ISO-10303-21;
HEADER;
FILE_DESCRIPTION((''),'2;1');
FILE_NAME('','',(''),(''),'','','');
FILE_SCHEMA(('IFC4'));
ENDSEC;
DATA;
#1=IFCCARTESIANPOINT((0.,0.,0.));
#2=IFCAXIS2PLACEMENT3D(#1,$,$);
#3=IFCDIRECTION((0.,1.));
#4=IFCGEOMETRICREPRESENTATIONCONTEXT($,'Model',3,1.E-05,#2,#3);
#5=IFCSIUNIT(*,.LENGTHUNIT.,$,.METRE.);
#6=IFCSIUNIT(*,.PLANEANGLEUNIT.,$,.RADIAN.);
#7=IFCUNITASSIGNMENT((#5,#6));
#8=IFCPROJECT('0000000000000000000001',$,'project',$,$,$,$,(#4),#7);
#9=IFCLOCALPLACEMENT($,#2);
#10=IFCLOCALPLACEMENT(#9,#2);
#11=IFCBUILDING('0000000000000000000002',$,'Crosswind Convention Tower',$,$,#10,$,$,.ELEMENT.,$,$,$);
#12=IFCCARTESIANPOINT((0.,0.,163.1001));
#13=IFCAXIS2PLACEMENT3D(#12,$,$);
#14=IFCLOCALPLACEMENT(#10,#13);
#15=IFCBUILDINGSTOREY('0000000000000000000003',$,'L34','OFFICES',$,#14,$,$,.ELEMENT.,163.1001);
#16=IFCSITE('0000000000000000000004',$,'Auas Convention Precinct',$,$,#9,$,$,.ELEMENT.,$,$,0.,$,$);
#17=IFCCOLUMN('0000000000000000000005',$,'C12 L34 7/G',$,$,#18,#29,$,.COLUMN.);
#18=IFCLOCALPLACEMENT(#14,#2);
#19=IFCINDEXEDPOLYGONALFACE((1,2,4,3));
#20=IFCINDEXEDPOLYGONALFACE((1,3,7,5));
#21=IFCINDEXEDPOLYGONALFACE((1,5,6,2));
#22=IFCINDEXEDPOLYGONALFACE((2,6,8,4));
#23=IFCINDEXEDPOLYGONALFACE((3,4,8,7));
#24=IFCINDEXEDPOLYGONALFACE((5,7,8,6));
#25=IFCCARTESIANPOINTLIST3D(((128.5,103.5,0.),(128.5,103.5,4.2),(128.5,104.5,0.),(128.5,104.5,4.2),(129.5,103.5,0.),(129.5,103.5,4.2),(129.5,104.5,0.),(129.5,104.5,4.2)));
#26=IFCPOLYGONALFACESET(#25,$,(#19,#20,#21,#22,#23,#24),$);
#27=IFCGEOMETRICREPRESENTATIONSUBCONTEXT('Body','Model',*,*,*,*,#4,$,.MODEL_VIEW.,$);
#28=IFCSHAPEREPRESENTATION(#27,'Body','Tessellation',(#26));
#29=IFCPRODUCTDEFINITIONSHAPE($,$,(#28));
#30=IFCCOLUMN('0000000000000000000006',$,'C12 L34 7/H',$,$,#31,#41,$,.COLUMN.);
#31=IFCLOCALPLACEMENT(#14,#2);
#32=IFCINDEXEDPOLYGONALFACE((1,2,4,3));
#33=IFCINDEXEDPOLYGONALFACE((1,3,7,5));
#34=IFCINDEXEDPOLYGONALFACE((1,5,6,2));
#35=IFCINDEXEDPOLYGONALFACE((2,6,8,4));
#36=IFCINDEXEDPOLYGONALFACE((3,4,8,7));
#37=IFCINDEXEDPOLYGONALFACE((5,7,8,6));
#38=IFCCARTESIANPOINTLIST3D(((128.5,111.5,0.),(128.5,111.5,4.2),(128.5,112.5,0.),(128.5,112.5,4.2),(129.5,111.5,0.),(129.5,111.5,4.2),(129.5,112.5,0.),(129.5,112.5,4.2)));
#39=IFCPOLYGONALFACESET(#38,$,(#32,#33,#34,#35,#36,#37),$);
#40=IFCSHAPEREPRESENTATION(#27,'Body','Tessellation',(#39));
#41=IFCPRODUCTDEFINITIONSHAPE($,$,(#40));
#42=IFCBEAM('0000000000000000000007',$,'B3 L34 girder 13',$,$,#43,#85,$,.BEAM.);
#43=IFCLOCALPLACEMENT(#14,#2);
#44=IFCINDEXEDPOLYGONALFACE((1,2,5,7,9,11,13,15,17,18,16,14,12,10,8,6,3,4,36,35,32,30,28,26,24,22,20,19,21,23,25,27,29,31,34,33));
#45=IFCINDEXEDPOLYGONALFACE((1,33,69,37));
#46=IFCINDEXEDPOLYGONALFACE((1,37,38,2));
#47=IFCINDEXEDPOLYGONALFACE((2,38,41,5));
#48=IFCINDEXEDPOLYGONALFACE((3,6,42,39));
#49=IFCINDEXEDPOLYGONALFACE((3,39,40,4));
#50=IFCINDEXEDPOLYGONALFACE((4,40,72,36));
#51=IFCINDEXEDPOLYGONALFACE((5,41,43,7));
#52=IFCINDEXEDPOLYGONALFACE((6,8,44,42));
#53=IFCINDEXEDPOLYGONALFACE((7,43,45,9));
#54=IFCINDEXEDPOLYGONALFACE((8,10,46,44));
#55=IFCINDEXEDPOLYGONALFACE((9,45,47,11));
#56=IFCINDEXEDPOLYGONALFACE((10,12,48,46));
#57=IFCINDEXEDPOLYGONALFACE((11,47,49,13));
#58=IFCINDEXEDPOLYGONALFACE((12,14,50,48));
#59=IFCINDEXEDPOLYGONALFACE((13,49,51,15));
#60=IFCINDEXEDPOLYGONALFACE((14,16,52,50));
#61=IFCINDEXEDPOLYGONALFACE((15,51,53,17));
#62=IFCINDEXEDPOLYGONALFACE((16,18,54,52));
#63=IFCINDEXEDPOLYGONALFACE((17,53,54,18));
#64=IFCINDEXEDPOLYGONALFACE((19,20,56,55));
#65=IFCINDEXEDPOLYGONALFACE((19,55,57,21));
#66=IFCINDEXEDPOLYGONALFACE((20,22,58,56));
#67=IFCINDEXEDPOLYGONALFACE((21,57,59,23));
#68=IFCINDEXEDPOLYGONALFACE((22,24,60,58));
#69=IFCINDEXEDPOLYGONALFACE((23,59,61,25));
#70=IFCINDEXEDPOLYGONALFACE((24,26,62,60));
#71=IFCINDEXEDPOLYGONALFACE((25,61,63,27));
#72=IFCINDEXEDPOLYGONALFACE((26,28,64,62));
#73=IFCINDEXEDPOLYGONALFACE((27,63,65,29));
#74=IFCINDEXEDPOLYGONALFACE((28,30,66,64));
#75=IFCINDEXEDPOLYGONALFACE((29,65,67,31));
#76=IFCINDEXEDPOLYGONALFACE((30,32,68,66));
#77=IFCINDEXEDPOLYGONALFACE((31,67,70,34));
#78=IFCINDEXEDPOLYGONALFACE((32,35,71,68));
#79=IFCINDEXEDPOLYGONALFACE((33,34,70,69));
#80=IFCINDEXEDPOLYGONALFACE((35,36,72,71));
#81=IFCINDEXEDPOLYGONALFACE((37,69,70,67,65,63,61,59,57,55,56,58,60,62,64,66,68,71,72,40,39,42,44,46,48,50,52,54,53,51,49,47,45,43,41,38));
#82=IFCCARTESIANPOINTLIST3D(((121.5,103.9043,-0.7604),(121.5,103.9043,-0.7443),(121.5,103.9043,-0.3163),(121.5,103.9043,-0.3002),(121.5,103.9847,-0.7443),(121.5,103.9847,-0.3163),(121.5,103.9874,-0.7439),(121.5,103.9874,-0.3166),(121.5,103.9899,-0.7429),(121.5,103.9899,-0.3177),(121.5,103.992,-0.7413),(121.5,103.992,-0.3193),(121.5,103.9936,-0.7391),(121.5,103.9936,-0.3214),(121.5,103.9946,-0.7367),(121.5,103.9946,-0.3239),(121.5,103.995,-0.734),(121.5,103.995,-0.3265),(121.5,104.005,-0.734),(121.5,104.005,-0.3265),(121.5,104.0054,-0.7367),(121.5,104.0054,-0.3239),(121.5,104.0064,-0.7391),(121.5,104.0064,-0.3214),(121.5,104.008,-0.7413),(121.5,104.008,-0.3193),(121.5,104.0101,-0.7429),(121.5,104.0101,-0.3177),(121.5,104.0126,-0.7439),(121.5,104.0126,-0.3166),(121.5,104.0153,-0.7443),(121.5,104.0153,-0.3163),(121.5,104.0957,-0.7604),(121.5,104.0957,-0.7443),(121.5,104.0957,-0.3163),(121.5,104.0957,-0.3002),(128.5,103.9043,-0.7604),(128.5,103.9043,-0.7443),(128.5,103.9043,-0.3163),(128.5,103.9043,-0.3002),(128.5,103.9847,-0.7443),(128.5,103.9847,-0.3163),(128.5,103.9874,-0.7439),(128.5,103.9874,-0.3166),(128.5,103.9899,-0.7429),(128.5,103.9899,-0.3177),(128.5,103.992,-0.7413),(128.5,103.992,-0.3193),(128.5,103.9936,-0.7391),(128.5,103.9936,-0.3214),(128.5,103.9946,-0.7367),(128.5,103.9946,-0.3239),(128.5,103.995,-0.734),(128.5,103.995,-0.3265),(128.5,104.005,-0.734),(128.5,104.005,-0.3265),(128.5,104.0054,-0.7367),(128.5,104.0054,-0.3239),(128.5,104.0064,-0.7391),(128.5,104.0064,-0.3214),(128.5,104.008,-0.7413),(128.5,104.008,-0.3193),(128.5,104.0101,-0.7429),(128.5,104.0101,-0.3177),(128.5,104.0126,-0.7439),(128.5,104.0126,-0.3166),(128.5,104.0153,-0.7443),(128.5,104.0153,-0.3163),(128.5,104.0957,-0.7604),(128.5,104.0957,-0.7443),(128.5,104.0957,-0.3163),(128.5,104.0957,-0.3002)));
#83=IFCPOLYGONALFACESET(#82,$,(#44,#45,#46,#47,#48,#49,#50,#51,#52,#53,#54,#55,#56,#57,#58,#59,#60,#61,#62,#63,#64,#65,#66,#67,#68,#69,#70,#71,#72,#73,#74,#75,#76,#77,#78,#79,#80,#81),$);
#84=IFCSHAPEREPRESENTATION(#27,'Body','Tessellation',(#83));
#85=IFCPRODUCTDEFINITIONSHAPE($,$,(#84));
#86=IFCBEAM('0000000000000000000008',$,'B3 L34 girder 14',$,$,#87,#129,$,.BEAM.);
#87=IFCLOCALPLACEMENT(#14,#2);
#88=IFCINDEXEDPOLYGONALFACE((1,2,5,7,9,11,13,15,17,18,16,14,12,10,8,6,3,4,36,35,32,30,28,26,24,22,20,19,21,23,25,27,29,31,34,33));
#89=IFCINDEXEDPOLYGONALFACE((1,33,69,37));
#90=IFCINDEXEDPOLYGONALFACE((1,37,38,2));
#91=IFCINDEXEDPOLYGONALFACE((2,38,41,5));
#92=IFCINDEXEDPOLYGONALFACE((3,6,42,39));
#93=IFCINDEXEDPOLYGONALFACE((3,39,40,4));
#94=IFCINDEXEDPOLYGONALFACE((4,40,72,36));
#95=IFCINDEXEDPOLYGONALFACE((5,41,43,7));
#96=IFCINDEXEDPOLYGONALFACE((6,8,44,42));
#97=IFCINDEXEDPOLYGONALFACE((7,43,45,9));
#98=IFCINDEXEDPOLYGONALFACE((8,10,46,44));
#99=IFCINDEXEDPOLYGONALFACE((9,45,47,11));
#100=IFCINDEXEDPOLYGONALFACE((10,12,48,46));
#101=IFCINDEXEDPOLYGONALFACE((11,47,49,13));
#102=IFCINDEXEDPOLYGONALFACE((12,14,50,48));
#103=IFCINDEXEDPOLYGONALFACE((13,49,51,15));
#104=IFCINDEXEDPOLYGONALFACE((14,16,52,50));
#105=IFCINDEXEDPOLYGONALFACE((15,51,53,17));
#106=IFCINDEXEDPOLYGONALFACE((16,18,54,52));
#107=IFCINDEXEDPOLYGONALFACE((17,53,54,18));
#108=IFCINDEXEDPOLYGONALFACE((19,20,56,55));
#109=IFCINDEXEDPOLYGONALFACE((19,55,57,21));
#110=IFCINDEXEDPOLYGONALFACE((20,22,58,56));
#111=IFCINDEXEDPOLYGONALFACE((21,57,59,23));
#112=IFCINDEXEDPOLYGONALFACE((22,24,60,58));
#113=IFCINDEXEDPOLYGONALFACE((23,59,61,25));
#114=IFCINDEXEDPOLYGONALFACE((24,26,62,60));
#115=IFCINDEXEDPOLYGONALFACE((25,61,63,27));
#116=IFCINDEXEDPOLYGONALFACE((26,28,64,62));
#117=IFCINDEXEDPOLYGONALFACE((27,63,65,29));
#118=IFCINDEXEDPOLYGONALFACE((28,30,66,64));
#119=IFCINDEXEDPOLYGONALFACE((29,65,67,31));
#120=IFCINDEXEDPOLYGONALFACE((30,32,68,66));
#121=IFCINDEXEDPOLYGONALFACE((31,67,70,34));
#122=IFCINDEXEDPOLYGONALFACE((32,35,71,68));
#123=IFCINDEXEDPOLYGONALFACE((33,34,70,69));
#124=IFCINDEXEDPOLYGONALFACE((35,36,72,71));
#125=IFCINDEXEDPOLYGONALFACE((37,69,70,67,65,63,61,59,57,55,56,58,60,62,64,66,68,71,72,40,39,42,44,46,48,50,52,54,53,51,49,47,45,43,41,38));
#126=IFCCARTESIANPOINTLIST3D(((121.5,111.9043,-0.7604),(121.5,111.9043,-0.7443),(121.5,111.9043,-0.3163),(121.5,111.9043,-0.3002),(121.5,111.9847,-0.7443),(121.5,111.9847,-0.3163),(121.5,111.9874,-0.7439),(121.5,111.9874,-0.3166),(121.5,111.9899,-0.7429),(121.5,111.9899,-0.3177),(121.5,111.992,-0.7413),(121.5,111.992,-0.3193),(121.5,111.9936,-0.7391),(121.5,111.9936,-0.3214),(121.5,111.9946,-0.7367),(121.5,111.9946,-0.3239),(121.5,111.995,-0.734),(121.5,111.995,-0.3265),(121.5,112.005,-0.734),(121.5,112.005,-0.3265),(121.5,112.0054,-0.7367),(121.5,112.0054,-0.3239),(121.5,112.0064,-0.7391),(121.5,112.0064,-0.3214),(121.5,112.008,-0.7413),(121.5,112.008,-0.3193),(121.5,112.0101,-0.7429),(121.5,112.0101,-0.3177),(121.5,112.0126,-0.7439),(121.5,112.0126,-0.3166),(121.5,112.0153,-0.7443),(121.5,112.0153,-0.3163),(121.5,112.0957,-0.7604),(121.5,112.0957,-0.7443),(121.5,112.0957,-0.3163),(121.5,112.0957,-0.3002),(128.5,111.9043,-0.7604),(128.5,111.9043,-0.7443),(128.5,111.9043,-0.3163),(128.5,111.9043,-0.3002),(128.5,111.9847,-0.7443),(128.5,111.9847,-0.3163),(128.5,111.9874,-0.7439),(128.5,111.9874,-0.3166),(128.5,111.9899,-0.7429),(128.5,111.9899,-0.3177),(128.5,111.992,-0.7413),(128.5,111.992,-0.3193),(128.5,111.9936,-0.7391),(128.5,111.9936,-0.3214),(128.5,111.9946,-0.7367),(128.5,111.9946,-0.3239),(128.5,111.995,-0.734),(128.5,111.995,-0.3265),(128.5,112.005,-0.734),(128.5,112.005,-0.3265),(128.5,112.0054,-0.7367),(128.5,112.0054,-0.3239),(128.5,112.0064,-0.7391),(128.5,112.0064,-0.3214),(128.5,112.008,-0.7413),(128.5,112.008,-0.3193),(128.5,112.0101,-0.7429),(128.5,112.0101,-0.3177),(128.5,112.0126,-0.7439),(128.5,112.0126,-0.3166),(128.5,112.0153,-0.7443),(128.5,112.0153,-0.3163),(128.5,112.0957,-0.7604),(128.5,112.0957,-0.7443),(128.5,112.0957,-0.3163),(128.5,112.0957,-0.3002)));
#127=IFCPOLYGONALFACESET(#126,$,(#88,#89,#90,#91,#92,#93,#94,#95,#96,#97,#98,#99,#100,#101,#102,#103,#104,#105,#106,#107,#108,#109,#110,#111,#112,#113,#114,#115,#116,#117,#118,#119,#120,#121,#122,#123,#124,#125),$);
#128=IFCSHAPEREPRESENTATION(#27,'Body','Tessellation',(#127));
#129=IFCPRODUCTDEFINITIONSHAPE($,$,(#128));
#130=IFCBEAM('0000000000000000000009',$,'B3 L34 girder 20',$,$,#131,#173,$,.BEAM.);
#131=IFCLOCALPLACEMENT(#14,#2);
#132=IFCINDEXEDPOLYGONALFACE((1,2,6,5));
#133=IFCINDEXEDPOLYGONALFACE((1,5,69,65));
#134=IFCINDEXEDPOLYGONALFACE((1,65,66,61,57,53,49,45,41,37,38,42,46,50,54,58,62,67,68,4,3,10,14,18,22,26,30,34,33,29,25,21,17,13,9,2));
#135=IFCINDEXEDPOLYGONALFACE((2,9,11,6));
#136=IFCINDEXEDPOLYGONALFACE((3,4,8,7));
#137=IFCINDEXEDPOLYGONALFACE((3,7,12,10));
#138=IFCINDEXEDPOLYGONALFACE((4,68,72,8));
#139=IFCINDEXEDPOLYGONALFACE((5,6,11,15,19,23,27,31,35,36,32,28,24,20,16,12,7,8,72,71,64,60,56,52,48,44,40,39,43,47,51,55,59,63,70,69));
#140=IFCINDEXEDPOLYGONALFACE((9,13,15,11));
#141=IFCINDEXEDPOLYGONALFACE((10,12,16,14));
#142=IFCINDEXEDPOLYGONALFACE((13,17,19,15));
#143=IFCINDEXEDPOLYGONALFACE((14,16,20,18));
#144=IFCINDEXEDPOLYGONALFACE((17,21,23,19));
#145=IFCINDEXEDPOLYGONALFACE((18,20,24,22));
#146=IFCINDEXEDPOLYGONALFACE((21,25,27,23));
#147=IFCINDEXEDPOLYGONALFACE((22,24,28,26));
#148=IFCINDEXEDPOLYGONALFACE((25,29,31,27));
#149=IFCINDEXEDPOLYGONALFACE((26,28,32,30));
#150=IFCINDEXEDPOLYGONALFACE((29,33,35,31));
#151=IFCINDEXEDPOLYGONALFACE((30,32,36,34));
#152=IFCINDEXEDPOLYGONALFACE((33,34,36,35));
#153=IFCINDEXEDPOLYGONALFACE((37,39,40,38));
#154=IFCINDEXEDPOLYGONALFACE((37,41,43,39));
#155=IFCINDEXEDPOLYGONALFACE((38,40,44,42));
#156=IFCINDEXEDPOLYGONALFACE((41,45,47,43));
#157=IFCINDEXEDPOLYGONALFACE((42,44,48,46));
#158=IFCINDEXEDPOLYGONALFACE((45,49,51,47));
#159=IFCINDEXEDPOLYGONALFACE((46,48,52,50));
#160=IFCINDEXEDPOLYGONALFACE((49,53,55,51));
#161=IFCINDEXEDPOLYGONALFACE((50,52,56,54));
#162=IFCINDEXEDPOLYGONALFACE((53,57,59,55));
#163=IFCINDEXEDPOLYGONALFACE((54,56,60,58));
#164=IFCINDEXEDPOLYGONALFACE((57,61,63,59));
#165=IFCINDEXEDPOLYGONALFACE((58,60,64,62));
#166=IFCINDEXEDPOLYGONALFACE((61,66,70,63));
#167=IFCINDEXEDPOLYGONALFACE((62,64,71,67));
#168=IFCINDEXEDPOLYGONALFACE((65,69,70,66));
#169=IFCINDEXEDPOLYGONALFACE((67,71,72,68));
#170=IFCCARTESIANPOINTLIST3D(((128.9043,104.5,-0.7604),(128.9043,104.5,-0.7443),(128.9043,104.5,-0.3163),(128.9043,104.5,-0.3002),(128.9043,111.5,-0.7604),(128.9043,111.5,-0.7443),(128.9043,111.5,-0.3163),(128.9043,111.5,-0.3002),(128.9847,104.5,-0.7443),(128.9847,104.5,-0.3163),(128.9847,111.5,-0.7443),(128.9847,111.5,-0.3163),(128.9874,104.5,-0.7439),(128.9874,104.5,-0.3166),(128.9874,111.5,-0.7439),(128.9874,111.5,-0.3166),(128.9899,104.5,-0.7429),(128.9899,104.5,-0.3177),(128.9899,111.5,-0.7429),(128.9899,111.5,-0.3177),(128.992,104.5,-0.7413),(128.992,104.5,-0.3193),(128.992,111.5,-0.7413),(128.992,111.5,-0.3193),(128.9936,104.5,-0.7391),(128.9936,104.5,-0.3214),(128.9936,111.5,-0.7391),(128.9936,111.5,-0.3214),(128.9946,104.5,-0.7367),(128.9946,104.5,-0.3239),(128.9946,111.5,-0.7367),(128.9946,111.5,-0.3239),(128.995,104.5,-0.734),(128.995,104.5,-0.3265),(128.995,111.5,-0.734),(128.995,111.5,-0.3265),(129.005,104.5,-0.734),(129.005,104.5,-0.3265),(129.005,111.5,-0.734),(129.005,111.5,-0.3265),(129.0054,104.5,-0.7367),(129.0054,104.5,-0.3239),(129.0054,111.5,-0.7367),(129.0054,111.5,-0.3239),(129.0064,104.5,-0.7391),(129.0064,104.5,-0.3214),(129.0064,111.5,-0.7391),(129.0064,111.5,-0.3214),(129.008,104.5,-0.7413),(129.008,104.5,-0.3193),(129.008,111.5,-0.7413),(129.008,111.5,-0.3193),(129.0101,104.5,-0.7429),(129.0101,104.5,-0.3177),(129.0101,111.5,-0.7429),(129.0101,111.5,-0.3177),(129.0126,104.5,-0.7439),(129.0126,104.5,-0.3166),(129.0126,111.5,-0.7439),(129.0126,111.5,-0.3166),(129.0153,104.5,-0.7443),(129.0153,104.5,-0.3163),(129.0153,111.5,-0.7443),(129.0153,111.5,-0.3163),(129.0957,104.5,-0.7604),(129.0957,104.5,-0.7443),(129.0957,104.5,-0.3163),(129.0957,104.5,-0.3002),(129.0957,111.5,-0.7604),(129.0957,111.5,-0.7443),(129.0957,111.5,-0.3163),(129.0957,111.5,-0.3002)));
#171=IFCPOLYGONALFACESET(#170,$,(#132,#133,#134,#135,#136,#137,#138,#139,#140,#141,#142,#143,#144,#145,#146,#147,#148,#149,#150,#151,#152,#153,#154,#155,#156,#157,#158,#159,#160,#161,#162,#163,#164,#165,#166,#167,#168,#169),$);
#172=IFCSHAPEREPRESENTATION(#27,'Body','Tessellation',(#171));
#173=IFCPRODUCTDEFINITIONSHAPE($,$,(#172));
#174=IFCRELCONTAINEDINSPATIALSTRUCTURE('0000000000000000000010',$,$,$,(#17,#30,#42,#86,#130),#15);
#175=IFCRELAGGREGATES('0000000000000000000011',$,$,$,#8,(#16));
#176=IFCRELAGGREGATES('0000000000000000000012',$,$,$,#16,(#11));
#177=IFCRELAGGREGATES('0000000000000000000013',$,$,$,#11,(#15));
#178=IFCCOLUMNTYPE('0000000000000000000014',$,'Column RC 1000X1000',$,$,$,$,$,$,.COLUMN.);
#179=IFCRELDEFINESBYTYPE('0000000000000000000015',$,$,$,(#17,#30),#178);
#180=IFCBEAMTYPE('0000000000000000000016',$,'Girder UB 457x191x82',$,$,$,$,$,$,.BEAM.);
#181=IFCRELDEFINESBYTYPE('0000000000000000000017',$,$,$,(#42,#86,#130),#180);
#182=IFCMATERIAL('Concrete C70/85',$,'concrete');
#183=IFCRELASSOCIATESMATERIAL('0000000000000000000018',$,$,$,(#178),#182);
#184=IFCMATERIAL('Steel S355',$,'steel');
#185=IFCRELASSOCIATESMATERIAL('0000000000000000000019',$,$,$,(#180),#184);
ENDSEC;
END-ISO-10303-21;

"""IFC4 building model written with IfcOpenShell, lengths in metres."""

from ifc_helpers import new_model, si_unit, direction, frame, origin, origin_2d, place, context, subcontext, project, spatial, rectangle, i_section, extrude, material, material_profile, profile_set, type_object, element, save


model = new_model("IFC4")

# Units and contexts
model_context = context("Model", 3, precision=1e-05, world=origin(), true_north=direction((0.0, 1.0)))
body_context = subcontext(model_context, "Body", "Model", "MODEL_VIEW")
ifc_project = project(units=[si_unit("LENGTHUNIT", "METRE"), si_unit("PLANEANGLEUNIT", "RADIAN")], contexts=[model_context])

# Site, building, storey
site_placement = place(None, origin())
site = spatial("IfcSite", under=ifc_project, at=site_placement, Name="Auas Convention Precinct", CompositionType="ELEMENT", RefElevation=0.0)
building_placement = place(site_placement, origin())
building = spatial("IfcBuilding", under=site, at=building_placement, Name="Crosswind Convention Tower", CompositionType="ELEMENT")
storey_placement = place(building_placement, frame((0.0, 0.0, 163.1001)))
storey = spatial("IfcBuildingStorey", under=building, at=storey_placement, Name="L34", Description="OFFICES", CompositionType="ELEMENT", Elevation=163.1001)

# Columns
ifc_material_1 = material(Name="Concrete C70/85", Category="concrete")
ifc_material_profile_1 = material_profile(ifc_material_1, rectangle(XDim=1.0, YDim=1.0, at=origin_2d()), Name="RC 1000X1000")
ifc_profile_set_1 = profile_set([ifc_material_profile_1], Name="Concrete C70/85")
column_type = type_object("IfcColumnType", Name="Column RC 1000X1000", PredefinedType="COLUMN", material=ifc_profile_set_1)
for number, where, z_axis, x_axis, name in (
    (1, (129.0, 104.0, 0.0), (0.0, 0.0, 1.0), (1.0, 0.0, 0.0), "C12 L34 7/G"),
    (2, (129.0, 112.0, 0.0), (0.0, 0.0, 1.0), (1.0, 0.0, 0.0), "C12 L34 7/H"),
):
    element("IfcColumn", number, at=place(storey_placement, frame(where, z_axis=z_axis, x_axis=x_axis)), inside=storey, type_object=column_type, Name=name, PredefinedType="COLUMN", context=body_context, shape_type="SweptSolid", body=[
        extrude(rectangle(XDim=1.0, YDim=1.0, at=origin_2d()), origin(), (0.0, 0.0, 1.0), 4.2),
    ])

# Beams
ifc_material_2 = material(Name="Steel S355", Category="steel")
ifc_material_profile_2 = material_profile(ifc_material_2, i_section(OverallWidth=0.1914, OverallDepth=0.4602, WebThickness=0.01, FlangeThickness=0.0161, FilletRadius=0.0103, at=origin_2d()), Name="UB 457x191x82")
ifc_profile_set_2 = profile_set([ifc_material_profile_2], Name="Steel S355")
beam_type_1 = type_object("IfcBeamType", Name="Girder UB 457x191x82", PredefinedType="BEAM", material=ifc_profile_set_2)
for number, where, z_axis, x_axis, name in (
    (3, (121.5, 104.0, -0.5303), (1.0, 0.0, 0.0), (0.0, 1.0, 0.0), "B3 L34 girder 13"),
    (4, (121.5, 112.0, -0.5303), (1.0, 0.0, 0.0), (0.0, 1.0, 0.0), "B3 L34 girder 14"),
    (5, (129.0, 104.5, -0.5303), (0.0, 1.0, 0.0), (-1.0, 0.0, 0.0), "B3 L34 girder 20"),
):
    element("IfcBeam", number, at=place(storey_placement, frame(where, z_axis=z_axis, x_axis=x_axis)), inside=storey, type_object=beam_type_1, Name=name, PredefinedType="BEAM", context=body_context, shape_type="SweptSolid", body=[
        extrude(i_section(OverallWidth=0.1914, OverallDepth=0.4602, WebThickness=0.01, FlangeThickness=0.0161, FilletRadius=0.0103, at=origin_2d()), origin(), (0.0, 0.0, 1.0), 7.0),
    ])

save(model, "model.ifc")
